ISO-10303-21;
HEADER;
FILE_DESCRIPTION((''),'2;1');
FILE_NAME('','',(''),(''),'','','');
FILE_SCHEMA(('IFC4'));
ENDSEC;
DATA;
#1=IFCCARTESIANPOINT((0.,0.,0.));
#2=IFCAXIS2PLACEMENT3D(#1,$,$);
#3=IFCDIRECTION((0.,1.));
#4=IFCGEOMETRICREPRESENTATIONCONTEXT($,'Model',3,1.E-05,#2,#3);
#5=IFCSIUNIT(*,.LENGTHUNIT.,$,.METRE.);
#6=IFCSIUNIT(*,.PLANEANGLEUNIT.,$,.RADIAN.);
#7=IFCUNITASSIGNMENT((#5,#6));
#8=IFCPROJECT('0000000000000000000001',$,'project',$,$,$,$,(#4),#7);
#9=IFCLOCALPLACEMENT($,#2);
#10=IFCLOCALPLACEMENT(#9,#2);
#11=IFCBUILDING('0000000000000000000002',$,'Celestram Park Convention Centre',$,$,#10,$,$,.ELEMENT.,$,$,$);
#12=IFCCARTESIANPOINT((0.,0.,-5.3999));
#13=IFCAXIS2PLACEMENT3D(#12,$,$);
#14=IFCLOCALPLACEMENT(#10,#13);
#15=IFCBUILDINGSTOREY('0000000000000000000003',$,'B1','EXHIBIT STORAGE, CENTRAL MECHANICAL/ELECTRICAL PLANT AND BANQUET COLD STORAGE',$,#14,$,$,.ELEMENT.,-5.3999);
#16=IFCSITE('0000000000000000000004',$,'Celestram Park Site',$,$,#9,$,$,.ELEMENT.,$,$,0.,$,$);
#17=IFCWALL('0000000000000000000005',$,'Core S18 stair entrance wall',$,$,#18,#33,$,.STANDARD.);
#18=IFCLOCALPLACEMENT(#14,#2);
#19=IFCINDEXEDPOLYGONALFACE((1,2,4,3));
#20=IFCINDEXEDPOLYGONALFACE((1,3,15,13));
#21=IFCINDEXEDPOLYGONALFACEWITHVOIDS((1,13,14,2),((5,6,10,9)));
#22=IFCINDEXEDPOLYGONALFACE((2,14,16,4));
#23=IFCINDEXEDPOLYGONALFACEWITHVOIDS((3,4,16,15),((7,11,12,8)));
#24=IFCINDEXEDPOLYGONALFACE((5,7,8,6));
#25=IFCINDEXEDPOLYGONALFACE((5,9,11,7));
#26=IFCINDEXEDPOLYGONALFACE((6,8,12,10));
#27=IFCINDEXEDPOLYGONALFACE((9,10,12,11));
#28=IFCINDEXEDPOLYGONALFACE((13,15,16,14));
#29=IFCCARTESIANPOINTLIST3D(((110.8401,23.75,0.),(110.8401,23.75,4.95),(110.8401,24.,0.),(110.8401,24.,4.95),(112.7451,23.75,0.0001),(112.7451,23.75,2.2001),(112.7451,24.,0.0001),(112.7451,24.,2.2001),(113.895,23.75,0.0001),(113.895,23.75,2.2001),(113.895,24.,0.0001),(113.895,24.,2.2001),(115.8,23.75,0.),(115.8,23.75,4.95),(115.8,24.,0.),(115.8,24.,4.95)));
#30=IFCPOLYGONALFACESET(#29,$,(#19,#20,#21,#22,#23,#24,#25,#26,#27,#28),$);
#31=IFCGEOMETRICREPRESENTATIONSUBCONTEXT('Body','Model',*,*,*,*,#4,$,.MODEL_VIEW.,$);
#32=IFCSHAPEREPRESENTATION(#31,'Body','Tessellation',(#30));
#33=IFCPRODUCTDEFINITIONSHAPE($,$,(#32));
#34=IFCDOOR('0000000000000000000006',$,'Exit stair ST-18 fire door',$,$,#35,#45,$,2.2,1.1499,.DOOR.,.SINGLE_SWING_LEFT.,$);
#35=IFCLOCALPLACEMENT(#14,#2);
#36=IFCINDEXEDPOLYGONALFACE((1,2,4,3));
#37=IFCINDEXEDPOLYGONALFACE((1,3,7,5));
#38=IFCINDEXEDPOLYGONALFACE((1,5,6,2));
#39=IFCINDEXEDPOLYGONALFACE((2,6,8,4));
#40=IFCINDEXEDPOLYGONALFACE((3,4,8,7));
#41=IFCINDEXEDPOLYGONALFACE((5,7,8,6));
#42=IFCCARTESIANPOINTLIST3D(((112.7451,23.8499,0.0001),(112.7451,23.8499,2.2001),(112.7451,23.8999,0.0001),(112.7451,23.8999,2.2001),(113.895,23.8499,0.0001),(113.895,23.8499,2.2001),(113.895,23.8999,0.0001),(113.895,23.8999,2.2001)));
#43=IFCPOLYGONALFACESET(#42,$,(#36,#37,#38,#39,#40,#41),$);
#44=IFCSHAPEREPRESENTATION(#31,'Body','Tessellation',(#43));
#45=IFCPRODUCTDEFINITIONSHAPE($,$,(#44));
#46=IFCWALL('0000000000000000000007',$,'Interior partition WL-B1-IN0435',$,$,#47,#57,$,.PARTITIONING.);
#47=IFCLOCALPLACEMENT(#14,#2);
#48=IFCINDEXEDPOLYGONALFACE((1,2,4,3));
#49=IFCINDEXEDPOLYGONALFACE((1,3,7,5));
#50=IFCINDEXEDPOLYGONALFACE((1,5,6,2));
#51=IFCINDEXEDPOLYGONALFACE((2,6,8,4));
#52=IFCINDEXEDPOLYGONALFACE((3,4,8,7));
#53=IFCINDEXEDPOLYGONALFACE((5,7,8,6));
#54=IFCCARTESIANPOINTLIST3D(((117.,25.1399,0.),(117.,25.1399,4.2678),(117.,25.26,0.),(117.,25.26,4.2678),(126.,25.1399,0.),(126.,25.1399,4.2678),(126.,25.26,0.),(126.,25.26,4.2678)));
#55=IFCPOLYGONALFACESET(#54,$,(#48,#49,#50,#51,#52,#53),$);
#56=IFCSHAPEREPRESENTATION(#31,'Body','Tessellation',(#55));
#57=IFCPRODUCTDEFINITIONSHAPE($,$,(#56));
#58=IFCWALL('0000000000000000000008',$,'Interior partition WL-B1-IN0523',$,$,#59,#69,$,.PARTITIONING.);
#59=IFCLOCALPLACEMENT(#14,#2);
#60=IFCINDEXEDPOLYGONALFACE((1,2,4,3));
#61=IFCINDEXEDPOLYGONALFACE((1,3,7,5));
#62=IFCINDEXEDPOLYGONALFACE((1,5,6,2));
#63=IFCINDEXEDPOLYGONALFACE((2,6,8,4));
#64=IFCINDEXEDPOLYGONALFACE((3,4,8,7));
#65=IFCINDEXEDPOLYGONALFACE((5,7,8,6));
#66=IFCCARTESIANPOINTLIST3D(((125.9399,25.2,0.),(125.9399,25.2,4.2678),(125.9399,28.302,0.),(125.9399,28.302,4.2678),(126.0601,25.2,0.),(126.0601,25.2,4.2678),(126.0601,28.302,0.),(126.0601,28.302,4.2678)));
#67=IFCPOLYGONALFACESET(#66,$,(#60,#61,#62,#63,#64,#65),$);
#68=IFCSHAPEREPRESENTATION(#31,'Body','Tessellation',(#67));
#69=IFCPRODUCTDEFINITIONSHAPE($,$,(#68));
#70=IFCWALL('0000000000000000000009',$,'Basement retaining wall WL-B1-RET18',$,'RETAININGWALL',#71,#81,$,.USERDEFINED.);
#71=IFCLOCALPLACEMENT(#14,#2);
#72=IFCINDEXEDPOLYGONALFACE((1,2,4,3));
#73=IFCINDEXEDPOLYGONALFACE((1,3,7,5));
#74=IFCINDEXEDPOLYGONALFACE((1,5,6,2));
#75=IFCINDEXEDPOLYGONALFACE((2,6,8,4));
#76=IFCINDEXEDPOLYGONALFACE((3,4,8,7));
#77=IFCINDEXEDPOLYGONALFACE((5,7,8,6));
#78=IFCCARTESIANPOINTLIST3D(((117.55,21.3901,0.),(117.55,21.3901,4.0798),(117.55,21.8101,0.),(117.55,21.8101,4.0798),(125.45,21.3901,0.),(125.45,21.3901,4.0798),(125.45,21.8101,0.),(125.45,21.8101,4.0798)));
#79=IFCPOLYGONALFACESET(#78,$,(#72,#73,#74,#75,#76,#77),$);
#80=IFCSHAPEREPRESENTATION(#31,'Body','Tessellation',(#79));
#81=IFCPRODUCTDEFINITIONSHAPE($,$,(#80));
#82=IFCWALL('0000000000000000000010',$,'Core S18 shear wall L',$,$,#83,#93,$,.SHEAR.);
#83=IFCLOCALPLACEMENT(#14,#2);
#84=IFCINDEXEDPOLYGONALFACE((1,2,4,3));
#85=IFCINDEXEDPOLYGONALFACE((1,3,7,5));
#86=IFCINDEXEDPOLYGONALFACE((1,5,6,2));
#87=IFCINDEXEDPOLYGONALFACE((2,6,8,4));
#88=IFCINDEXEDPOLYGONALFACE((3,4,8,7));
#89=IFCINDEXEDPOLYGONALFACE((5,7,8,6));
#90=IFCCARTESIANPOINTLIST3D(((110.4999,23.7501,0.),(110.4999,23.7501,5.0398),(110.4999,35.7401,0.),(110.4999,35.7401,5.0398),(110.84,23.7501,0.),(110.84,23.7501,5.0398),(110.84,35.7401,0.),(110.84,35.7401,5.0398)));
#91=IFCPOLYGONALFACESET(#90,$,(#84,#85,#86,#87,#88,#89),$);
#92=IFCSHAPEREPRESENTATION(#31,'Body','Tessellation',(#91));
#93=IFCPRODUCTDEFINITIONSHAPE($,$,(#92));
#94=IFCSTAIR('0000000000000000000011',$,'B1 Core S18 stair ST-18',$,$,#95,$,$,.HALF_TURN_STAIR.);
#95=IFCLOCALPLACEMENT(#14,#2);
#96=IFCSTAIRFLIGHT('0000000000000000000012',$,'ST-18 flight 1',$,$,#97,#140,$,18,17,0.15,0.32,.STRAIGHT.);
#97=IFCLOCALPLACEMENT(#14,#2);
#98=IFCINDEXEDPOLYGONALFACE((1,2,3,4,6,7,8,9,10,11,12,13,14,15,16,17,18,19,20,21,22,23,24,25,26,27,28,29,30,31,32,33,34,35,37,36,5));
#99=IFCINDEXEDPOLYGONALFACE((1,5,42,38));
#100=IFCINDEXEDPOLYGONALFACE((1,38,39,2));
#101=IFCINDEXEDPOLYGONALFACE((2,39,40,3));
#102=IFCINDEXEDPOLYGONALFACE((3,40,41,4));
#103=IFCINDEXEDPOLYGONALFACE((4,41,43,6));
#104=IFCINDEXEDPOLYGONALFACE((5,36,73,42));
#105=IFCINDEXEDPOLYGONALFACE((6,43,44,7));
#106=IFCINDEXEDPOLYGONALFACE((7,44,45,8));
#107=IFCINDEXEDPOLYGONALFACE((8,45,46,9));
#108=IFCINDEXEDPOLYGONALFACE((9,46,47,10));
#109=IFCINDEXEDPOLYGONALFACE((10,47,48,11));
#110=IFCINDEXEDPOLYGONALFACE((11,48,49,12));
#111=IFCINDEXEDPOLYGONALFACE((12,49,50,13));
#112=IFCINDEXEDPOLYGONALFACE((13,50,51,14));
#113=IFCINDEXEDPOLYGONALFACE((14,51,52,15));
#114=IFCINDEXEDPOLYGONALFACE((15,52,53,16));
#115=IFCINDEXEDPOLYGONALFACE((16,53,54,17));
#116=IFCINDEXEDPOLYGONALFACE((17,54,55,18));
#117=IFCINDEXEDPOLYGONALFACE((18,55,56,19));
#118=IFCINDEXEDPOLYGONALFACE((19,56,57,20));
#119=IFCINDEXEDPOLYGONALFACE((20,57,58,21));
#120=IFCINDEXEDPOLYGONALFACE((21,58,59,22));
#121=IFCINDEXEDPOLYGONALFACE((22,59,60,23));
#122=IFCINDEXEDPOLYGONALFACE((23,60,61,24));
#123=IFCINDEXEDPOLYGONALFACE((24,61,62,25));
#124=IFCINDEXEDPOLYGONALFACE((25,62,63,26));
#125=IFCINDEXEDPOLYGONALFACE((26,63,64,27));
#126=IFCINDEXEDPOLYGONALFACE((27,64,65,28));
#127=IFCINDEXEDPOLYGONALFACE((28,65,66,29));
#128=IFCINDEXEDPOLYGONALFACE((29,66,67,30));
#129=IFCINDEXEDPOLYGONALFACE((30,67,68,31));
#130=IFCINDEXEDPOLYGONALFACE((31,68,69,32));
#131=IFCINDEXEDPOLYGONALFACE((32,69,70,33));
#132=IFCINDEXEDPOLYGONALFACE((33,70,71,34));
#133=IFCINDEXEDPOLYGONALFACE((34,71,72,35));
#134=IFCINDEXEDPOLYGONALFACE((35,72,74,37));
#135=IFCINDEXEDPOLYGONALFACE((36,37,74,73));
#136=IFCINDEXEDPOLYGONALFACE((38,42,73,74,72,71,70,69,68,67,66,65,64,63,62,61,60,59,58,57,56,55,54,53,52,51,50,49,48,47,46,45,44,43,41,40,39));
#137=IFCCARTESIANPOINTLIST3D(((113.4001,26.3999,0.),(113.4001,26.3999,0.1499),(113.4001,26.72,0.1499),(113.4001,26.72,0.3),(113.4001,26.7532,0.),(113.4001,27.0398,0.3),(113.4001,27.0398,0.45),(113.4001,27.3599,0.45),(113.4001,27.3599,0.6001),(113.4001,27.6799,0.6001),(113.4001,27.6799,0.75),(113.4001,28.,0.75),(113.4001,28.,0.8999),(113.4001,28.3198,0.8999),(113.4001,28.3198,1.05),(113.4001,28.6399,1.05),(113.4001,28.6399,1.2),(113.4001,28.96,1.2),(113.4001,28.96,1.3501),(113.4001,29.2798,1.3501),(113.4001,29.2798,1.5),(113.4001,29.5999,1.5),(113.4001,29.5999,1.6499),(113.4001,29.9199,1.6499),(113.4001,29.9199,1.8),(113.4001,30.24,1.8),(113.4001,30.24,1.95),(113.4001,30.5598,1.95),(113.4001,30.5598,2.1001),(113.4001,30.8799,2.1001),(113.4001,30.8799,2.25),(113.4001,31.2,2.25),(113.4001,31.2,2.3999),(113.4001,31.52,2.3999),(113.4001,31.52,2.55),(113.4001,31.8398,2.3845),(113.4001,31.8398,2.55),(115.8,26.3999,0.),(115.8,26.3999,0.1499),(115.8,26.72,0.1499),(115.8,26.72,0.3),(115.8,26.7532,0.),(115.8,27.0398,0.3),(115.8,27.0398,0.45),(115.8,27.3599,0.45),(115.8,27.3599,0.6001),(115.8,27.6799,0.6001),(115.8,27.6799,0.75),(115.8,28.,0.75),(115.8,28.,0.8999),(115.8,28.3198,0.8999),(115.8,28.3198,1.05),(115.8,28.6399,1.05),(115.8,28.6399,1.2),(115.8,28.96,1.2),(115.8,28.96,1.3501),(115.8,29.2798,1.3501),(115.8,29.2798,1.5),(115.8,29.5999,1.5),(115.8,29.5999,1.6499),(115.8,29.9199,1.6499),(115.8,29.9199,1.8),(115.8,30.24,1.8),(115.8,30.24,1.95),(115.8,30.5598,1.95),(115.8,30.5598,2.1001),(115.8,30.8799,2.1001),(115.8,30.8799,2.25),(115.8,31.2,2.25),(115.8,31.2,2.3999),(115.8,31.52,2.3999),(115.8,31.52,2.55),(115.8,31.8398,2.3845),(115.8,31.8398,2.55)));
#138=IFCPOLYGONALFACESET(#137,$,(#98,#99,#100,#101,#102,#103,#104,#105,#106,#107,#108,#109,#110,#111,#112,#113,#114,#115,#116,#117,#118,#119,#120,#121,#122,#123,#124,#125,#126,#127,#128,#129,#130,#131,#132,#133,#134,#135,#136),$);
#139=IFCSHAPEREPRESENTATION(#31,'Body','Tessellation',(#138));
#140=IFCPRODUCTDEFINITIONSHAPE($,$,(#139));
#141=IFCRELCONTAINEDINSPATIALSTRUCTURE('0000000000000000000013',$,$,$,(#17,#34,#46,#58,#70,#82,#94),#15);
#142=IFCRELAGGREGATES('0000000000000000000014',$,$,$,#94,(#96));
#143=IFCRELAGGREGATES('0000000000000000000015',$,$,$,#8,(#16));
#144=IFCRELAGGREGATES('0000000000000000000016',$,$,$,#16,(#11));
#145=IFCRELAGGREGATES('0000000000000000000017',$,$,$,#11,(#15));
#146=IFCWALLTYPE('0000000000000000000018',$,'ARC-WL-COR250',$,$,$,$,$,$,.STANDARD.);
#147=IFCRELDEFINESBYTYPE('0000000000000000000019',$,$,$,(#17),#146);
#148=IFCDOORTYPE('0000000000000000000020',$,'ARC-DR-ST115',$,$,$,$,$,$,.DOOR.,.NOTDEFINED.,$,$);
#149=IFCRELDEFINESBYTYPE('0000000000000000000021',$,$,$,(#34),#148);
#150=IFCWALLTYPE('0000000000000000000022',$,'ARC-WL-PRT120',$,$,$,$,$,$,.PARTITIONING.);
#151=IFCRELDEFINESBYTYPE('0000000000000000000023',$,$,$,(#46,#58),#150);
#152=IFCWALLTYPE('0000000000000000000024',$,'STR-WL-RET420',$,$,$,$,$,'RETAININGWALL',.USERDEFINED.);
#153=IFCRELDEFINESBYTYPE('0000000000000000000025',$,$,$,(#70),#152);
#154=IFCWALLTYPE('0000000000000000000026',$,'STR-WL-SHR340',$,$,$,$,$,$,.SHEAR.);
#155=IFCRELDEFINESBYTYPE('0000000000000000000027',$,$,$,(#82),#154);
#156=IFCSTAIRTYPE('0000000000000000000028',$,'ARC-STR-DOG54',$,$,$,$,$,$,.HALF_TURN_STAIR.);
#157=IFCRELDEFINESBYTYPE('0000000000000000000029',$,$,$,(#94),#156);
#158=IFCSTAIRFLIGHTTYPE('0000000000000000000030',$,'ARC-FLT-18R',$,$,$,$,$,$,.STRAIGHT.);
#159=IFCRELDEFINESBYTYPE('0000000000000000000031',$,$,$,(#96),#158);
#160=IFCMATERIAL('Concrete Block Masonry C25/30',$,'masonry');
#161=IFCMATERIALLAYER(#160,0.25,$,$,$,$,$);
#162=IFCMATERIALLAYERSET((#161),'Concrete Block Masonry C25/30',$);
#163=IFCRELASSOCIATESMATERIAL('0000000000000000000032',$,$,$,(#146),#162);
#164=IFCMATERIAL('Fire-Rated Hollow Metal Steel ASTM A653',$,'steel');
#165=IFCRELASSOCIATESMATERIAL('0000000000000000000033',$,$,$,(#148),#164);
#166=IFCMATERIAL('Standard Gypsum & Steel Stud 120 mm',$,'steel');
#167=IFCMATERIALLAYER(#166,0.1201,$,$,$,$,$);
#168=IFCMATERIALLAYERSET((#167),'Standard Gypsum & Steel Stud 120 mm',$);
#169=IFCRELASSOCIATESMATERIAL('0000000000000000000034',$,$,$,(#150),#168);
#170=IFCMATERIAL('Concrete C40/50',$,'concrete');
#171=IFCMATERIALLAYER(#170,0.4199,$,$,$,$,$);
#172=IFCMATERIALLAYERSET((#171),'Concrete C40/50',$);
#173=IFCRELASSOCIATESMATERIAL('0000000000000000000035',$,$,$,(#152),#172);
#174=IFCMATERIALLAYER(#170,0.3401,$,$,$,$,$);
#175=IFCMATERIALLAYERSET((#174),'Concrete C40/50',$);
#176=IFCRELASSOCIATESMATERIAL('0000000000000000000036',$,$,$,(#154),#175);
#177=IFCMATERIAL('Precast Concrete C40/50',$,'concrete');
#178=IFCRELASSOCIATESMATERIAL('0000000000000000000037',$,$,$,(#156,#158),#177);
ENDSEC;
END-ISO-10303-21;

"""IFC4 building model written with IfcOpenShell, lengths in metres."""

from ifc_helpers import new_model, si_unit, direction, frame, frame_2d, origin, place, context, subcontext, project, spatial, polyline, rectangle, outline, extrude, material, layer, layer_set, type_object, element, fill, aggregate, save


model = new_model("IFC4")

# Units and contexts
model_context = context("Model", 3, precision=1e-05, world=origin(), true_north=direction((0.0, 1.0)))
body_context = subcontext(model_context, "Body", "Model", "MODEL_VIEW")
ifc_project = project(units=[si_unit("LENGTHUNIT", "METRE"), si_unit("PLANEANGLEUNIT", "RADIAN")], contexts=[model_context])

# Site, building, storey
site_placement = place(None, origin())
site = spatial("IfcSite", under=ifc_project, at=site_placement, Name="Celestram Park Site", CompositionType="ELEMENT", RefElevation=0.0)
building_placement = place(site_placement, origin())
building = spatial("IfcBuilding", under=site, at=building_placement, Name="Celestram Park Convention Centre", CompositionType="ELEMENT")
storey_placement = place(building_placement, frame((0.0, 0.0, -5.3999)))
storey = spatial("IfcBuildingStorey", under=building, at=storey_placement, Name="B1", Description="EXHIBIT STORAGE, CENTRAL MECHANICAL/ELECTRICAL PLANT AND BANQUET COLD STORAGE", CompositionType="ELEMENT", Elevation=-5.3999)

# Shared definitions
ifc_material_1 = material(Name="Concrete C40/50", Category="concrete")

# Wall, opening, door
ifc_material_2 = material(Name="Concrete Block Masonry C25/30", Category="masonry")
ifc_layer_1 = layer(ifc_material_2, 0.25)
ifc_layer_set_1 = layer_set([ifc_layer_1], Name="Concrete Block Masonry C25/30")
wall_type_1 = type_object("IfcWallType", Name="ARC-WL-COR250", PredefinedType="STANDARD", material=ifc_layer_set_1)
wall_1_placement = place(storey_placement, frame((110.8401, 23.875, 0.0), z_axis=(0.0, 0.0, 1.0), x_axis=(1.0, 0.0, 0.0)))
wall_1 = element("IfcWall", 1, at=wall_1_placement, inside=storey, type_object=wall_type_1, Name="Core S18 stair entrance wall", PredefinedType="STANDARD", context=body_context, shape_type="SweptSolid", body=[
    extrude(rectangle(XDim=4.96, YDim=0.25, at=frame_2d((2.48, 0.0))), origin(), (0.0, 0.0, 1.0), 4.95),
])
opening_placement = place(wall_1_placement, frame((1.905, 0.0, 0.0)))
opening = element("IfcOpeningElement", 2, at=opening_placement, cuts=wall_1, PredefinedType="OPENING", context=body_context, shape_type="SweptSolid", body=[
    extrude(rectangle(XDim=1.1499, YDim=2.2, at=frame_2d((0.575, 1.1001))), frame((0.0, 0.135, 0.0), z_axis=(0.0, -1.0, 0.0), x_axis=(1.0, 0.0, 0.0)), (0.0, 0.0, 1.0), 0.27),
])
ifc_material_3 = material(Name="Fire-Rated Hollow Metal Steel ASTM A653", Category="steel")
door_type = type_object("IfcDoorType", Name="ARC-DR-ST115", OperationType="NOTDEFINED", PredefinedType="DOOR", material=ifc_material_3)
door_placement = place(opening_placement, origin())
door = element("IfcDoor", 3, at=door_placement, inside=storey, type_object=door_type, Name="Exit stair ST-18 fire door", OperationType="SINGLE_SWING_LEFT", OverallHeight=2.2, OverallWidth=1.1499, PredefinedType="DOOR", context=body_context, shape_type="SweptSolid", body=[
    extrude(rectangle(XDim=1.1499, YDim=2.2, at=frame_2d((0.575, 1.1001))), frame((0.0, 0.0249, 0.0), z_axis=(0.0, -1.0, 0.0), x_axis=(1.0, 0.0, 0.0)), (0.0, 0.0, 1.0), 0.05),
])
fill(opening, door)

# Walls
ifc_material_4 = material(Name="Standard Gypsum & Steel Stud 120 mm", Category="steel")
ifc_layer_2 = layer(ifc_material_4, 0.1201)
ifc_layer_set_2 = layer_set([ifc_layer_2], Name="Standard Gypsum & Steel Stud 120 mm")
wall_type_2 = type_object("IfcWallType", Name="ARC-WL-PRT120", PredefinedType="PARTITIONING", material=ifc_layer_set_2)
wall_2_placement = place(storey_placement, frame((117.0, 25.2, 0.0), z_axis=(0.0, 0.0, 1.0), x_axis=(1.0, 0.0, 0.0)))
element("IfcWall", 4, at=wall_2_placement, inside=storey, type_object=wall_type_2, Name="Interior partition WL-B1-IN0435", PredefinedType="PARTITIONING", context=body_context, shape_type="SweptSolid", body=[
    extrude(rectangle(XDim=9.0, YDim=0.1201, at=frame_2d((4.5, 0.0))), origin(), (0.0, 0.0, 1.0), 4.2678),
])
wall_3_placement = place(storey_placement, frame((126.0, 25.2, 0.0), z_axis=(0.0, 0.0, 1.0), x_axis=(0.0, 1.0, 0.0)))
element("IfcWall", 5, at=wall_3_placement, inside=storey, type_object=wall_type_2, Name="Interior partition WL-B1-IN0523", PredefinedType="PARTITIONING", context=body_context, shape_type="SweptSolid", body=[
    extrude(rectangle(XDim=3.1021, YDim=0.1201, at=frame_2d((1.551, 0.0))), origin(), (0.0, 0.0, 1.0), 4.2678),
])
ifc_layer_3 = layer(ifc_material_1, 0.4199)
ifc_layer_set_3 = layer_set([ifc_layer_3], Name="Concrete C40/50")
wall_type_3 = type_object("IfcWallType", Name="STR-WL-RET420", ElementType="RETAININGWALL", PredefinedType="USERDEFINED", material=ifc_layer_set_3)
wall_4_placement = place(storey_placement, frame((125.45, 21.6001, 0.0), z_axis=(0.0, 0.0, 1.0), x_axis=(-1.0, 0.0, 0.0)))
element("IfcWall", 6, at=wall_4_placement, inside=storey, type_object=wall_type_3, Name="Basement retaining wall WL-B1-RET18", ObjectType="RETAININGWALL", PredefinedType="USERDEFINED", context=body_context, shape_type="SweptSolid", body=[
    extrude(rectangle(XDim=7.8999, YDim=0.4199, at=frame_2d((3.95, 0.0))), origin(), (0.0, 0.0, 1.0), 4.0798),
])
ifc_layer_4 = layer(ifc_material_1, 0.3401)
ifc_layer_set_4 = layer_set([ifc_layer_4], Name="Concrete C40/50")
wall_type_4 = type_object("IfcWallType", Name="STR-WL-SHR340", PredefinedType="SHEAR", material=ifc_layer_set_4)
wall_5_placement = place(storey_placement, frame((110.6699, 23.75, 0.0), z_axis=(0.0, 0.0, 1.0), x_axis=(0.0, 1.0, 0.0)))
element("IfcWall", 7, at=wall_5_placement, inside=storey, type_object=wall_type_4, Name="Core S18 shear wall L", PredefinedType="SHEAR", context=body_context, shape_type="SweptSolid", body=[
    extrude(rectangle(XDim=11.99, YDim=0.3401, at=frame_2d((5.9951, 0.0))), origin(), (0.0, 0.0, 1.0), 5.0398),
])

# Stair, stair flight
ifc_material_5 = material(Name="Precast Concrete C40/50", Category="concrete")
stair_type = type_object("IfcStairType", Name="ARC-STR-DOG54", PredefinedType="HALF_TURN_STAIR", material=ifc_material_5)
stair_placement = place(storey_placement, origin())
stair = element("IfcStair", 8, at=stair_placement, inside=storey, type_object=stair_type, Name="B1 Core S18 stair ST-18", PredefinedType="HALF_TURN_STAIR")
stair_flight_type = type_object("IfcStairFlightType", Name="ARC-FLT-18R", PredefinedType="STRAIGHT", material=ifc_material_5)
stair_flight_placement = place(storey_placement, frame((114.6001, 26.3999, 0.0), z_axis=(0.0, 0.0, 1.0), x_axis=(0.0, 1.0, 0.0)))
stair_flight = element("IfcStairFlight", 9, at=stair_flight_placement, type_object=stair_flight_type, Name="ST-18 flight 1", NumberOfRisers=18, NumberOfTreads=17, PredefinedType="STRAIGHT", RiserHeight=0.15, TreadLength=0.32, context=body_context, shape_type="SweptSolid", body=[
    extrude(outline(polyline([(0.0, 0.0), (0.0, 0.1499), (0.3201, 0.1499), (0.3201, 0.3), (0.6399, 0.3), (0.6399, 0.45), (0.96, 0.45), (0.96, 0.6001), (1.28, 0.6001), (1.28, 0.75), (1.6001, 0.75), (1.6001, 0.8999), (1.9199, 0.8999), (1.9199, 1.05), (2.24, 1.05), (2.24, 1.2), (2.5601, 1.2), (2.5601, 1.3501), (2.8799, 1.3501), (2.8799, 1.5), (3.2, 1.5), (3.2, 1.6499), (3.52, 1.6499), (3.52, 1.8), (3.8401, 1.8), (3.8401, 1.95), (4.1599, 1.95), (4.1599, 2.1001), (4.48, 2.1001), (4.48, 2.25), (4.8, 2.25), (4.8, 2.3999), (5.1201, 2.3999), (5.1201, 2.55), (5.4399, 2.55), (5.4399, 2.7), (5.4399, 2.3845), (0.3533, 0.0), (0.0, 0.0)])), frame((0.0, 1.2, 0.0), z_axis=(0.0, -1.0, 0.0), x_axis=(1.0, 0.0, 0.0)), (0.0, 0.0, 1.0), 2.3999),
])
aggregate(stair, [stair_flight])

save(model, "model.ifc")
